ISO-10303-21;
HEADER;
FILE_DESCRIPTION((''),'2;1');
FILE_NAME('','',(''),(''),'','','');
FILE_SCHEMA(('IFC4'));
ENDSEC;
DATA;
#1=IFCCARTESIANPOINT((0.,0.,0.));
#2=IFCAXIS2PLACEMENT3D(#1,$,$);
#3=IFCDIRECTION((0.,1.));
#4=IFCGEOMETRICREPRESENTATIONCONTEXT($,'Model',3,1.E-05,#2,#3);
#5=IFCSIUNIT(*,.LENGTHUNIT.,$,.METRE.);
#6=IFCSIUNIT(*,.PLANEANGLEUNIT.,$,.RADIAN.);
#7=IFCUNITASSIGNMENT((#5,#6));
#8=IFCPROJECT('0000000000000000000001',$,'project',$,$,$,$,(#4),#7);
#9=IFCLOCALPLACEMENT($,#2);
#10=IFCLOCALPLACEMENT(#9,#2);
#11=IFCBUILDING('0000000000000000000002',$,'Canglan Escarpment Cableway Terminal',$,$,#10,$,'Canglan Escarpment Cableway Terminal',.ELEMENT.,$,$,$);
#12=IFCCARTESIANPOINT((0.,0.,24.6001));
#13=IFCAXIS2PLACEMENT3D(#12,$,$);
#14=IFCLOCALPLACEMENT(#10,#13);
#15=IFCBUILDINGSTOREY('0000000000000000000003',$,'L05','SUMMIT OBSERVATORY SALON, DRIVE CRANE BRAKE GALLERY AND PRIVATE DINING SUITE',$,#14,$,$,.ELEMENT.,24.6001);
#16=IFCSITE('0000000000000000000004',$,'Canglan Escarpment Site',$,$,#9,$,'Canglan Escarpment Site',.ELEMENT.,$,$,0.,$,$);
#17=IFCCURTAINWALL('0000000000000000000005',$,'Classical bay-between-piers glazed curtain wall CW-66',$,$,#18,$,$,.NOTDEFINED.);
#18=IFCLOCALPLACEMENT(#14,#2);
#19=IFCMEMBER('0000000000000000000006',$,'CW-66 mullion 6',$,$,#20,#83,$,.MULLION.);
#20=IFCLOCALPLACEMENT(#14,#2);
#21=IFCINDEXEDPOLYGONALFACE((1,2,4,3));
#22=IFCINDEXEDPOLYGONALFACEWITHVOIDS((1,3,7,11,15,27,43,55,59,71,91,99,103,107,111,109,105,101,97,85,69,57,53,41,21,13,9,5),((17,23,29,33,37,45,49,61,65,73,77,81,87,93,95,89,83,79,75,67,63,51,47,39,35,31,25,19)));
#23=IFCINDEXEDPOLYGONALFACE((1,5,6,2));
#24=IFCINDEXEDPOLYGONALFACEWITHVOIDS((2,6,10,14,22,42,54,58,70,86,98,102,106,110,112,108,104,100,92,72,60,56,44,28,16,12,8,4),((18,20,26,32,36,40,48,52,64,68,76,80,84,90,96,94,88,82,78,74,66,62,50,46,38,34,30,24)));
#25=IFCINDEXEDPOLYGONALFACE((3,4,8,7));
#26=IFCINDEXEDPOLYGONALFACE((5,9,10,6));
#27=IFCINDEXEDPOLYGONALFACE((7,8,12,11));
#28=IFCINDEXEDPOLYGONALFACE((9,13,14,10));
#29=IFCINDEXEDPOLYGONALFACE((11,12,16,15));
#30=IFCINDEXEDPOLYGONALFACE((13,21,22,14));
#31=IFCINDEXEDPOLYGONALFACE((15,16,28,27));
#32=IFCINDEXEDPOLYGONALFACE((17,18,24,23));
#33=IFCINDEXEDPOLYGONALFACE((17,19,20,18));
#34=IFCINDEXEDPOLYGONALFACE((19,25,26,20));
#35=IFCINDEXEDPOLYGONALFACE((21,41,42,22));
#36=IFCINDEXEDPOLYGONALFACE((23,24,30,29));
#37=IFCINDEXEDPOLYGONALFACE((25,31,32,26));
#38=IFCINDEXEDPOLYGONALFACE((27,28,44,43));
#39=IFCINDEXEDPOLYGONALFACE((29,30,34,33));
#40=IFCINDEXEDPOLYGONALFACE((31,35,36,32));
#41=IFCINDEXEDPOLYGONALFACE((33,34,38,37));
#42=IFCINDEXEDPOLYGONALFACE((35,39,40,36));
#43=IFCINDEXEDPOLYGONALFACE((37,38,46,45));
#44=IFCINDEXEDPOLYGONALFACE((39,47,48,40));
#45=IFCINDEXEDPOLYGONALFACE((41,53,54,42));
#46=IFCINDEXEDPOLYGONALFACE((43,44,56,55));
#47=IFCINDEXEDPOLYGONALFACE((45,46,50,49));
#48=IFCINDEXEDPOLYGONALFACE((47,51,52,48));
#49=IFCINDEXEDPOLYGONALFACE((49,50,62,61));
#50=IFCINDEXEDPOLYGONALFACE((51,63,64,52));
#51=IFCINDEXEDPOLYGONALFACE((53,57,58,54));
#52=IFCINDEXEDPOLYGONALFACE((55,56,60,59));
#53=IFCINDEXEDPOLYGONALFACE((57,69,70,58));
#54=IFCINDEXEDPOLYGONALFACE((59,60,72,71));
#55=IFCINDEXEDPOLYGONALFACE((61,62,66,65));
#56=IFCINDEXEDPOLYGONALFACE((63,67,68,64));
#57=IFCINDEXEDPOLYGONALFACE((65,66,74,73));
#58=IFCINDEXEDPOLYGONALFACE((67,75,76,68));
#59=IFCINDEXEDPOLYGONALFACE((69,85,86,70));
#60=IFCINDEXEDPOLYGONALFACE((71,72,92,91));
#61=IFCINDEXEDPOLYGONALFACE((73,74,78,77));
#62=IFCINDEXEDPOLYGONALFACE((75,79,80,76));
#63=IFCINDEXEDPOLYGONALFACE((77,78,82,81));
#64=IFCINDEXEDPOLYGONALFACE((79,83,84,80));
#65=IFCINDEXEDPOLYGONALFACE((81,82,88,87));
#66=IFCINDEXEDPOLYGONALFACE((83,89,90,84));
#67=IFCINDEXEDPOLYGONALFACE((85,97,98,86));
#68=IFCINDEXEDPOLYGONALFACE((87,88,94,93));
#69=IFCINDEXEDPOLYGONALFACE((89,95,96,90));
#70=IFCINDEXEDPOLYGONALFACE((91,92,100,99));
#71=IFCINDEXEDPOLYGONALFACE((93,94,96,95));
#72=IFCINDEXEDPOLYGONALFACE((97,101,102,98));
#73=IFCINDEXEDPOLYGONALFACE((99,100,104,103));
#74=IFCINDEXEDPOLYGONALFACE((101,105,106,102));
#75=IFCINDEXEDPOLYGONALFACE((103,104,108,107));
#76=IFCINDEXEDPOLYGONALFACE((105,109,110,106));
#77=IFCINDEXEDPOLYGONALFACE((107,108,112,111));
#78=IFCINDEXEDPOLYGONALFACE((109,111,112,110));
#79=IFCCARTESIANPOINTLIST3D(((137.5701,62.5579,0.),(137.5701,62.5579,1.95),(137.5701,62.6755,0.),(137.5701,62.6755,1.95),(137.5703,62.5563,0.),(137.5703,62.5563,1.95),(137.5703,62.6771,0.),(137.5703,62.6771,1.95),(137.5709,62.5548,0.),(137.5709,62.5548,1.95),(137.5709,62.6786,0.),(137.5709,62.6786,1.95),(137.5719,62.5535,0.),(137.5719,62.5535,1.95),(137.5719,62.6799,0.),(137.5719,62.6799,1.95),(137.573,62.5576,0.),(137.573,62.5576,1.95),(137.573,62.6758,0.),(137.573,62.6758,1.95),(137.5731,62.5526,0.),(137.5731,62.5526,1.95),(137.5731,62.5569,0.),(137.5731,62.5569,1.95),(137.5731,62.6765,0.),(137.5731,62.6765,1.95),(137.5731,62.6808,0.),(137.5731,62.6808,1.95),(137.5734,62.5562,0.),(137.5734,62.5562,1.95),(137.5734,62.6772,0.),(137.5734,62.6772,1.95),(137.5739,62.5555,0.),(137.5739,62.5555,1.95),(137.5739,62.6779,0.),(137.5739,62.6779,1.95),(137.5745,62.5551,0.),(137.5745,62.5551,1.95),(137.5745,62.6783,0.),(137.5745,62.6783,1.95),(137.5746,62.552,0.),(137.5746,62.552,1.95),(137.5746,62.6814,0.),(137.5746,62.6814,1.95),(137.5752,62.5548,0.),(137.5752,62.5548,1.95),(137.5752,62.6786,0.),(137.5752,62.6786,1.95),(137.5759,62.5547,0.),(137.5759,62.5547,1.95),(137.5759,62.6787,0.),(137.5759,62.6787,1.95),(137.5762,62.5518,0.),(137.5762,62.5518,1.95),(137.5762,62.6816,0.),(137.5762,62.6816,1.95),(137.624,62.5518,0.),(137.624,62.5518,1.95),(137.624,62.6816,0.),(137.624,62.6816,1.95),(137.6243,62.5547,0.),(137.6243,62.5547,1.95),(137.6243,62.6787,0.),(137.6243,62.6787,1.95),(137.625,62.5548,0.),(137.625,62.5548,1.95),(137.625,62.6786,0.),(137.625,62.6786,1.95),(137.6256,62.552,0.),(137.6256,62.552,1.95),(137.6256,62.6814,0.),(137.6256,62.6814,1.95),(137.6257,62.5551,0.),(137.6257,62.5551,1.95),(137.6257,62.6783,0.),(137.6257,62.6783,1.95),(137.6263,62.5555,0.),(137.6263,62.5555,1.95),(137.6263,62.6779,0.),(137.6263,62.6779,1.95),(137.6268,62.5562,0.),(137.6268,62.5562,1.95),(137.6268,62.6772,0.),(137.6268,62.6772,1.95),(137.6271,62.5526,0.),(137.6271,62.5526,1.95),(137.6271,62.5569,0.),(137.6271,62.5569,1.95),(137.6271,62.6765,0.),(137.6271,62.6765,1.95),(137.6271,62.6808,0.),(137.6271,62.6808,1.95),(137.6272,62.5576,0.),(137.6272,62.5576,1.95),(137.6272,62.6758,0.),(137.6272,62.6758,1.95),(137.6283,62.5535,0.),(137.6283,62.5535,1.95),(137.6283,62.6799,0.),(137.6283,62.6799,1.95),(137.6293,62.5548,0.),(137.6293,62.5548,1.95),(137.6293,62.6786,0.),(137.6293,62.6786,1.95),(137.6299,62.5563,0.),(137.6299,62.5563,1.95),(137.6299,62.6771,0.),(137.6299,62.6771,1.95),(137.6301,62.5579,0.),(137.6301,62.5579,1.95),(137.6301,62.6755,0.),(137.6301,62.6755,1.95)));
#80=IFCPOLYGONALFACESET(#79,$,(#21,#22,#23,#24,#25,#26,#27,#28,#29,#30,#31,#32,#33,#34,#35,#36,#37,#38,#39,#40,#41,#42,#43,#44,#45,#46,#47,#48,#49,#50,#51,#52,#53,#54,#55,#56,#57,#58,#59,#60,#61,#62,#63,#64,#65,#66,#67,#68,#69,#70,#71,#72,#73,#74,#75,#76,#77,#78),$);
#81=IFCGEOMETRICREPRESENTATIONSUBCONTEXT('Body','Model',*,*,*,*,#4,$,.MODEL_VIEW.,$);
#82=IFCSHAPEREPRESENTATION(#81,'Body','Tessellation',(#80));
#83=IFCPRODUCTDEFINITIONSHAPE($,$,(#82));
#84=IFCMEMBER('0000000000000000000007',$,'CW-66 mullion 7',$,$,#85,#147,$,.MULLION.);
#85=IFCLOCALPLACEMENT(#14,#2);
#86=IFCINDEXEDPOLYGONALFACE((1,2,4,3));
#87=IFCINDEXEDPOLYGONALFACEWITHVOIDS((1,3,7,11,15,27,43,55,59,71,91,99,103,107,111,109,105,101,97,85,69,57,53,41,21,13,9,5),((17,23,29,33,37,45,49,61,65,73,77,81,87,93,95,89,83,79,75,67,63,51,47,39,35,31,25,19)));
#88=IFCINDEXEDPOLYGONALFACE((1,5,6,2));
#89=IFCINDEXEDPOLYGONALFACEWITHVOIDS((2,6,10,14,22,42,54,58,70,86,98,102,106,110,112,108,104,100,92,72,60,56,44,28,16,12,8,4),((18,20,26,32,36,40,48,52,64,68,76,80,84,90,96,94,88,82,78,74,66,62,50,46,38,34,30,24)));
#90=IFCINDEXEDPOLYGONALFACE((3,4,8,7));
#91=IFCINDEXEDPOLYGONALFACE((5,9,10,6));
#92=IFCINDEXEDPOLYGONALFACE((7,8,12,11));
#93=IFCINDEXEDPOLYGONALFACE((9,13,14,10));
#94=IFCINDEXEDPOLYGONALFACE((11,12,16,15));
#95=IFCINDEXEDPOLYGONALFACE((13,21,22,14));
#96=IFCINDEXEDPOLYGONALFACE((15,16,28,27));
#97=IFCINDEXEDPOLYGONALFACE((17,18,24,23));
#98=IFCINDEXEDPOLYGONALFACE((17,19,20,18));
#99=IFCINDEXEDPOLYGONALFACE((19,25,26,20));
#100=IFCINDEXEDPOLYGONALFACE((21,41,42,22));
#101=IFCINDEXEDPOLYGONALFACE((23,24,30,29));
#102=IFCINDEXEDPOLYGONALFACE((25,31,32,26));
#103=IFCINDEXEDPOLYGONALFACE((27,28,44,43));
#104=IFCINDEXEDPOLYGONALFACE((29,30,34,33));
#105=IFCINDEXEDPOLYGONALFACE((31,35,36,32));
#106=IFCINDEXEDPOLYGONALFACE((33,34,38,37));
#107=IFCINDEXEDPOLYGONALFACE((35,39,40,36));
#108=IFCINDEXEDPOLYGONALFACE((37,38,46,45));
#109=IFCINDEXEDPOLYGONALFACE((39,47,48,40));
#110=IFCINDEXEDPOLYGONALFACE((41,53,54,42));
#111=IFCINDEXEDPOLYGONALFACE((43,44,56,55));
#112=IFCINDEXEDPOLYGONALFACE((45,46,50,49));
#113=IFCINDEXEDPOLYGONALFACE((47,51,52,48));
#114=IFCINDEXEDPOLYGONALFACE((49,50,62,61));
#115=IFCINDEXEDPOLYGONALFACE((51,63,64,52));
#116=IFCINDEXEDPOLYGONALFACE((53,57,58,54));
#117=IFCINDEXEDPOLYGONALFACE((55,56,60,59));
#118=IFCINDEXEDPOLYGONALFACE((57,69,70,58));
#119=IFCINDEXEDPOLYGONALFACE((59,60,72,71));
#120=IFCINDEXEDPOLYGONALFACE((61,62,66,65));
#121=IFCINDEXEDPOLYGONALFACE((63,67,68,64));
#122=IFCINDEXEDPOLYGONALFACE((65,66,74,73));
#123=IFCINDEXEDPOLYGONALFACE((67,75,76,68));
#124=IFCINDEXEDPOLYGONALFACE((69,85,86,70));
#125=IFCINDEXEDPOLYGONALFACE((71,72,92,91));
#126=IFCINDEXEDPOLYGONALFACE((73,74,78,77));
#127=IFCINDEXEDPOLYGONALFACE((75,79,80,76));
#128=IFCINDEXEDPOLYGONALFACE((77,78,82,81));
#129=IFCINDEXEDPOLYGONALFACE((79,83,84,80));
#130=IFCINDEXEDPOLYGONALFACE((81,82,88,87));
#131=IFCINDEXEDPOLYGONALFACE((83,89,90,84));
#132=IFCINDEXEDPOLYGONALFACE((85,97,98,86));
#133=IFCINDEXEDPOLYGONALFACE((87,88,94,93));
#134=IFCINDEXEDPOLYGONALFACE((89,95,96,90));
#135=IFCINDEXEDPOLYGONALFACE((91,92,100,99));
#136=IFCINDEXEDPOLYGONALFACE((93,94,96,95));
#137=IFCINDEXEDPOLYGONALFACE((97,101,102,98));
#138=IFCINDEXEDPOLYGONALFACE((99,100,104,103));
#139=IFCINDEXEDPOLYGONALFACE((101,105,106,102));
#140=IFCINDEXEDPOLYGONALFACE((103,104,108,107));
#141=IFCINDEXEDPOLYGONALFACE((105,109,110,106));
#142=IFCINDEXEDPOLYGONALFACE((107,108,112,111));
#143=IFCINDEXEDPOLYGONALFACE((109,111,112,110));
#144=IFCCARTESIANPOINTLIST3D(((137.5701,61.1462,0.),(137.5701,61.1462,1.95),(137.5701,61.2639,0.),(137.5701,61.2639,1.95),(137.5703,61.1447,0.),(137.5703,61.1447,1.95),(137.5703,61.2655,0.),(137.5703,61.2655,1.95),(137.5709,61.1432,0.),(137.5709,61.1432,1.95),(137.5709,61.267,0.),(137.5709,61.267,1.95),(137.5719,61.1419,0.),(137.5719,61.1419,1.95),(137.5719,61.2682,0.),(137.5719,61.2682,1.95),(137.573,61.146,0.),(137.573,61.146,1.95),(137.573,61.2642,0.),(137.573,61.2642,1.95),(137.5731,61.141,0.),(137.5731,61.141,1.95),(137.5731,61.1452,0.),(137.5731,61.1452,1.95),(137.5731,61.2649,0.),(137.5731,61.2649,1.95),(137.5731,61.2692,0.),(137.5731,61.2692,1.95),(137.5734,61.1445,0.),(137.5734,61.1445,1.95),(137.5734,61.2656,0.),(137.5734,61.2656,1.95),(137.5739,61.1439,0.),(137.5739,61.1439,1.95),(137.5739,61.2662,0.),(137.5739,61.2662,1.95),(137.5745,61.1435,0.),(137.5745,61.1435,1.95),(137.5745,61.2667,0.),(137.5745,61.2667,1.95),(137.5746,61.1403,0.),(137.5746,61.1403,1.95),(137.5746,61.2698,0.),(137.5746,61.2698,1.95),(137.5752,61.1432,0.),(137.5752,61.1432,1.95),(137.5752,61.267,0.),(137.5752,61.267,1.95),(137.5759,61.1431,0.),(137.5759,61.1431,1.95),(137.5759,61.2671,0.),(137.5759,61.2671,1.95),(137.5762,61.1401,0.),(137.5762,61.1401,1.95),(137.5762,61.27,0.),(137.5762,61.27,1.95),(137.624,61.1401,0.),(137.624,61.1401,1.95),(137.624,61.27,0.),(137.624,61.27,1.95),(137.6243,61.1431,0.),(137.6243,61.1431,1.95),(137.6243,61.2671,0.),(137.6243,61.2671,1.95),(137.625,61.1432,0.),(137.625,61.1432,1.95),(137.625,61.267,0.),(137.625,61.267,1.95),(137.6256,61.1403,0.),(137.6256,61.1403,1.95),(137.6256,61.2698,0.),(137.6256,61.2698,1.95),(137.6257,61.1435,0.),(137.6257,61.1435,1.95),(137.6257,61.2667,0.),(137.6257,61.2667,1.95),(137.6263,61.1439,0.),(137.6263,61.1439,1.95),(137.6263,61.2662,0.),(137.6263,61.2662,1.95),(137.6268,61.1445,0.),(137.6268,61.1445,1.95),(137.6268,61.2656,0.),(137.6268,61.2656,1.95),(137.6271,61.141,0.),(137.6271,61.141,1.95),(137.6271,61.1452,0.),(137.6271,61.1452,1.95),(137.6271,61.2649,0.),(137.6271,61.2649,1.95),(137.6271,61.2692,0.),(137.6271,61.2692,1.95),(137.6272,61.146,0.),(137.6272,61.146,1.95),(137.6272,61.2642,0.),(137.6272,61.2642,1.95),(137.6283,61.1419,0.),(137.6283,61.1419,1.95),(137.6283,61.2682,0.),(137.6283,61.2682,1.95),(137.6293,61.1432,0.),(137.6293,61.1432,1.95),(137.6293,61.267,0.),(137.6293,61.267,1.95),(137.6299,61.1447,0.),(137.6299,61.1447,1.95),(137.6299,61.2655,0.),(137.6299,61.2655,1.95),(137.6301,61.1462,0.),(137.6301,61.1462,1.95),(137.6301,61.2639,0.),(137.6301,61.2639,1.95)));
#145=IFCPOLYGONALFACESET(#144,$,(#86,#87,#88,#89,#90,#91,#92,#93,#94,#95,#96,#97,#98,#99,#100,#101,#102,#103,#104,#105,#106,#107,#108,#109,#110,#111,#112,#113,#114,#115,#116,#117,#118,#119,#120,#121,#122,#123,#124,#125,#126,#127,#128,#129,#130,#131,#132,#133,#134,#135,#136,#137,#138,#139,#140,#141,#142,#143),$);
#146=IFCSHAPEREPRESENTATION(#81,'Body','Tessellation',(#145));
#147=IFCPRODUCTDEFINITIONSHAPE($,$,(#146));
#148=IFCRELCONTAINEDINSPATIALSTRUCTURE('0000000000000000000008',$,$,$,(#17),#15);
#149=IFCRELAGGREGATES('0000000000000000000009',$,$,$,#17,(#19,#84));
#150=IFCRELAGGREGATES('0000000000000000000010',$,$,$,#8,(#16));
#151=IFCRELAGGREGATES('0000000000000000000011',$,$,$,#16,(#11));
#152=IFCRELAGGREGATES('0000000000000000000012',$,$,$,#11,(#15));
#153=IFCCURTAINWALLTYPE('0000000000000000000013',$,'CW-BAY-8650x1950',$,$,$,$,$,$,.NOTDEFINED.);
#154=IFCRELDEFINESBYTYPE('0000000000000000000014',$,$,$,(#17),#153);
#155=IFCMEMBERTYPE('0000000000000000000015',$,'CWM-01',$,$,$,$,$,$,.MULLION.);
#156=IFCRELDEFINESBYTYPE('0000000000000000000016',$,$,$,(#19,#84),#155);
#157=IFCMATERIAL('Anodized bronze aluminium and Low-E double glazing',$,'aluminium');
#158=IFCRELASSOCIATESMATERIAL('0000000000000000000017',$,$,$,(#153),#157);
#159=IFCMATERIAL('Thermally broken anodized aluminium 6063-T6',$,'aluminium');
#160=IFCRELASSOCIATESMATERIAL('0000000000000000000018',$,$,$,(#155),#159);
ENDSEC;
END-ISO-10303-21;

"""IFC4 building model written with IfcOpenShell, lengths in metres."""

from ifc_helpers import new_model, si_unit, direction, frame, origin, origin_2d, place, context, subcontext, project, spatial, hollow_rectangle, extrude, material, material_profile, profile_set, type_object, element, aggregate, save


model = new_model("IFC4")

# Units and contexts
model_context = context("Model", 3, precision=1e-05, world=origin(), true_north=direction((0.0, 1.0)))
body_context = subcontext(model_context, "Body", "Model", "MODEL_VIEW")
ifc_project = project(units=[si_unit("LENGTHUNIT", "METRE"), si_unit("PLANEANGLEUNIT", "RADIAN")], contexts=[model_context])

# Site, building, storey
site_placement = place(None, origin())
site = spatial("IfcSite", under=ifc_project, at=site_placement, Name="Canglan Escarpment Site", LongName="Canglan Escarpment Site", CompositionType="ELEMENT", RefElevation=0.0)
building_placement = place(site_placement, origin())
building = spatial("IfcBuilding", under=site, at=building_placement, Name="Canglan Escarpment Cableway Terminal", LongName="Canglan Escarpment Cableway Terminal", CompositionType="ELEMENT")
storey_placement = place(building_placement, frame((0.0, 0.0, 24.6001)))
storey = spatial("IfcBuildingStorey", under=building, at=storey_placement, Name="L05", Description="SUMMIT OBSERVATORY SALON, DRIVE CRANE BRAKE GALLERY AND PRIVATE DINING SUITE", CompositionType="ELEMENT", Elevation=24.6001)

# Curtain wall, members
ifc_material_1 = material(Name="Anodized bronze aluminium and Low-E double glazing", Category="aluminium")
curtain_wall_type = type_object("IfcCurtainWallType", Name="CW-BAY-8650x1950", PredefinedType="NOTDEFINED", material=ifc_material_1)
curtain_wall_placement = place(storey_placement, origin())
curtain_wall = element("IfcCurtainWall", 1, at=curtain_wall_placement, inside=storey, type_object=curtain_wall_type, Name="Classical bay-between-piers glazed curtain wall CW-66", PredefinedType="NOTDEFINED")
ifc_material_2 = material(Name="Thermally broken anodized aluminium 6063-T6", Category="aluminium")
ifc_material_profile_1 = material_profile(ifc_material_2, hollow_rectangle(XDim=0.0601, YDim=0.1299, WallThickness=0.0029, InnerFilletRadius=0.0029, OuterFilletRadius=0.0061, at=origin_2d()), Name="ALU-MULL 60x130x3")
ifc_profile_set_1 = profile_set([ifc_material_profile_1], Name="Thermally broken anodized aluminium 6063-T6")
member_type_1 = type_object("IfcMemberType", Name="CWM-01", PredefinedType="MULLION", material=ifc_profile_set_1)
member_1_placement = place(storey_placement, frame((137.6001, 62.6167, 0.0), z_axis=(0.0, 0.0, 1.0), x_axis=(1.0, 0.0, 0.0)))
member_1 = element("IfcMember", 2, at=member_1_placement, type_object=member_type_1, Name="CW-66 mullion 6", PredefinedType="MULLION", context=body_context, shape_type="SweptSolid", body=[
    extrude(hollow_rectangle(XDim=0.0601, YDim=0.1299, WallThickness=0.0029, InnerFilletRadius=0.0029, OuterFilletRadius=0.0061, at=origin_2d()), origin(), (0.0, 0.0, 1.0), 1.95),
])
member_2_placement = place(storey_placement, frame((137.6001, 61.2051, 0.0), z_axis=(0.0, 0.0, 1.0), x_axis=(1.0, 0.0, 0.0)))
member_2 = element("IfcMember", 3, at=member_2_placement, type_object=member_type_1, Name="CW-66 mullion 7", PredefinedType="MULLION", context=body_context, shape_type="SweptSolid", body=[
    extrude(hollow_rectangle(XDim=0.0601, YDim=0.1299, WallThickness=0.0029, InnerFilletRadius=0.0029, OuterFilletRadius=0.0061, at=origin_2d()), origin(), (0.0, 0.0, 1.0), 1.95),
])
aggregate(curtain_wall, [member_1, member_2])

save(model, "model.ifc")
